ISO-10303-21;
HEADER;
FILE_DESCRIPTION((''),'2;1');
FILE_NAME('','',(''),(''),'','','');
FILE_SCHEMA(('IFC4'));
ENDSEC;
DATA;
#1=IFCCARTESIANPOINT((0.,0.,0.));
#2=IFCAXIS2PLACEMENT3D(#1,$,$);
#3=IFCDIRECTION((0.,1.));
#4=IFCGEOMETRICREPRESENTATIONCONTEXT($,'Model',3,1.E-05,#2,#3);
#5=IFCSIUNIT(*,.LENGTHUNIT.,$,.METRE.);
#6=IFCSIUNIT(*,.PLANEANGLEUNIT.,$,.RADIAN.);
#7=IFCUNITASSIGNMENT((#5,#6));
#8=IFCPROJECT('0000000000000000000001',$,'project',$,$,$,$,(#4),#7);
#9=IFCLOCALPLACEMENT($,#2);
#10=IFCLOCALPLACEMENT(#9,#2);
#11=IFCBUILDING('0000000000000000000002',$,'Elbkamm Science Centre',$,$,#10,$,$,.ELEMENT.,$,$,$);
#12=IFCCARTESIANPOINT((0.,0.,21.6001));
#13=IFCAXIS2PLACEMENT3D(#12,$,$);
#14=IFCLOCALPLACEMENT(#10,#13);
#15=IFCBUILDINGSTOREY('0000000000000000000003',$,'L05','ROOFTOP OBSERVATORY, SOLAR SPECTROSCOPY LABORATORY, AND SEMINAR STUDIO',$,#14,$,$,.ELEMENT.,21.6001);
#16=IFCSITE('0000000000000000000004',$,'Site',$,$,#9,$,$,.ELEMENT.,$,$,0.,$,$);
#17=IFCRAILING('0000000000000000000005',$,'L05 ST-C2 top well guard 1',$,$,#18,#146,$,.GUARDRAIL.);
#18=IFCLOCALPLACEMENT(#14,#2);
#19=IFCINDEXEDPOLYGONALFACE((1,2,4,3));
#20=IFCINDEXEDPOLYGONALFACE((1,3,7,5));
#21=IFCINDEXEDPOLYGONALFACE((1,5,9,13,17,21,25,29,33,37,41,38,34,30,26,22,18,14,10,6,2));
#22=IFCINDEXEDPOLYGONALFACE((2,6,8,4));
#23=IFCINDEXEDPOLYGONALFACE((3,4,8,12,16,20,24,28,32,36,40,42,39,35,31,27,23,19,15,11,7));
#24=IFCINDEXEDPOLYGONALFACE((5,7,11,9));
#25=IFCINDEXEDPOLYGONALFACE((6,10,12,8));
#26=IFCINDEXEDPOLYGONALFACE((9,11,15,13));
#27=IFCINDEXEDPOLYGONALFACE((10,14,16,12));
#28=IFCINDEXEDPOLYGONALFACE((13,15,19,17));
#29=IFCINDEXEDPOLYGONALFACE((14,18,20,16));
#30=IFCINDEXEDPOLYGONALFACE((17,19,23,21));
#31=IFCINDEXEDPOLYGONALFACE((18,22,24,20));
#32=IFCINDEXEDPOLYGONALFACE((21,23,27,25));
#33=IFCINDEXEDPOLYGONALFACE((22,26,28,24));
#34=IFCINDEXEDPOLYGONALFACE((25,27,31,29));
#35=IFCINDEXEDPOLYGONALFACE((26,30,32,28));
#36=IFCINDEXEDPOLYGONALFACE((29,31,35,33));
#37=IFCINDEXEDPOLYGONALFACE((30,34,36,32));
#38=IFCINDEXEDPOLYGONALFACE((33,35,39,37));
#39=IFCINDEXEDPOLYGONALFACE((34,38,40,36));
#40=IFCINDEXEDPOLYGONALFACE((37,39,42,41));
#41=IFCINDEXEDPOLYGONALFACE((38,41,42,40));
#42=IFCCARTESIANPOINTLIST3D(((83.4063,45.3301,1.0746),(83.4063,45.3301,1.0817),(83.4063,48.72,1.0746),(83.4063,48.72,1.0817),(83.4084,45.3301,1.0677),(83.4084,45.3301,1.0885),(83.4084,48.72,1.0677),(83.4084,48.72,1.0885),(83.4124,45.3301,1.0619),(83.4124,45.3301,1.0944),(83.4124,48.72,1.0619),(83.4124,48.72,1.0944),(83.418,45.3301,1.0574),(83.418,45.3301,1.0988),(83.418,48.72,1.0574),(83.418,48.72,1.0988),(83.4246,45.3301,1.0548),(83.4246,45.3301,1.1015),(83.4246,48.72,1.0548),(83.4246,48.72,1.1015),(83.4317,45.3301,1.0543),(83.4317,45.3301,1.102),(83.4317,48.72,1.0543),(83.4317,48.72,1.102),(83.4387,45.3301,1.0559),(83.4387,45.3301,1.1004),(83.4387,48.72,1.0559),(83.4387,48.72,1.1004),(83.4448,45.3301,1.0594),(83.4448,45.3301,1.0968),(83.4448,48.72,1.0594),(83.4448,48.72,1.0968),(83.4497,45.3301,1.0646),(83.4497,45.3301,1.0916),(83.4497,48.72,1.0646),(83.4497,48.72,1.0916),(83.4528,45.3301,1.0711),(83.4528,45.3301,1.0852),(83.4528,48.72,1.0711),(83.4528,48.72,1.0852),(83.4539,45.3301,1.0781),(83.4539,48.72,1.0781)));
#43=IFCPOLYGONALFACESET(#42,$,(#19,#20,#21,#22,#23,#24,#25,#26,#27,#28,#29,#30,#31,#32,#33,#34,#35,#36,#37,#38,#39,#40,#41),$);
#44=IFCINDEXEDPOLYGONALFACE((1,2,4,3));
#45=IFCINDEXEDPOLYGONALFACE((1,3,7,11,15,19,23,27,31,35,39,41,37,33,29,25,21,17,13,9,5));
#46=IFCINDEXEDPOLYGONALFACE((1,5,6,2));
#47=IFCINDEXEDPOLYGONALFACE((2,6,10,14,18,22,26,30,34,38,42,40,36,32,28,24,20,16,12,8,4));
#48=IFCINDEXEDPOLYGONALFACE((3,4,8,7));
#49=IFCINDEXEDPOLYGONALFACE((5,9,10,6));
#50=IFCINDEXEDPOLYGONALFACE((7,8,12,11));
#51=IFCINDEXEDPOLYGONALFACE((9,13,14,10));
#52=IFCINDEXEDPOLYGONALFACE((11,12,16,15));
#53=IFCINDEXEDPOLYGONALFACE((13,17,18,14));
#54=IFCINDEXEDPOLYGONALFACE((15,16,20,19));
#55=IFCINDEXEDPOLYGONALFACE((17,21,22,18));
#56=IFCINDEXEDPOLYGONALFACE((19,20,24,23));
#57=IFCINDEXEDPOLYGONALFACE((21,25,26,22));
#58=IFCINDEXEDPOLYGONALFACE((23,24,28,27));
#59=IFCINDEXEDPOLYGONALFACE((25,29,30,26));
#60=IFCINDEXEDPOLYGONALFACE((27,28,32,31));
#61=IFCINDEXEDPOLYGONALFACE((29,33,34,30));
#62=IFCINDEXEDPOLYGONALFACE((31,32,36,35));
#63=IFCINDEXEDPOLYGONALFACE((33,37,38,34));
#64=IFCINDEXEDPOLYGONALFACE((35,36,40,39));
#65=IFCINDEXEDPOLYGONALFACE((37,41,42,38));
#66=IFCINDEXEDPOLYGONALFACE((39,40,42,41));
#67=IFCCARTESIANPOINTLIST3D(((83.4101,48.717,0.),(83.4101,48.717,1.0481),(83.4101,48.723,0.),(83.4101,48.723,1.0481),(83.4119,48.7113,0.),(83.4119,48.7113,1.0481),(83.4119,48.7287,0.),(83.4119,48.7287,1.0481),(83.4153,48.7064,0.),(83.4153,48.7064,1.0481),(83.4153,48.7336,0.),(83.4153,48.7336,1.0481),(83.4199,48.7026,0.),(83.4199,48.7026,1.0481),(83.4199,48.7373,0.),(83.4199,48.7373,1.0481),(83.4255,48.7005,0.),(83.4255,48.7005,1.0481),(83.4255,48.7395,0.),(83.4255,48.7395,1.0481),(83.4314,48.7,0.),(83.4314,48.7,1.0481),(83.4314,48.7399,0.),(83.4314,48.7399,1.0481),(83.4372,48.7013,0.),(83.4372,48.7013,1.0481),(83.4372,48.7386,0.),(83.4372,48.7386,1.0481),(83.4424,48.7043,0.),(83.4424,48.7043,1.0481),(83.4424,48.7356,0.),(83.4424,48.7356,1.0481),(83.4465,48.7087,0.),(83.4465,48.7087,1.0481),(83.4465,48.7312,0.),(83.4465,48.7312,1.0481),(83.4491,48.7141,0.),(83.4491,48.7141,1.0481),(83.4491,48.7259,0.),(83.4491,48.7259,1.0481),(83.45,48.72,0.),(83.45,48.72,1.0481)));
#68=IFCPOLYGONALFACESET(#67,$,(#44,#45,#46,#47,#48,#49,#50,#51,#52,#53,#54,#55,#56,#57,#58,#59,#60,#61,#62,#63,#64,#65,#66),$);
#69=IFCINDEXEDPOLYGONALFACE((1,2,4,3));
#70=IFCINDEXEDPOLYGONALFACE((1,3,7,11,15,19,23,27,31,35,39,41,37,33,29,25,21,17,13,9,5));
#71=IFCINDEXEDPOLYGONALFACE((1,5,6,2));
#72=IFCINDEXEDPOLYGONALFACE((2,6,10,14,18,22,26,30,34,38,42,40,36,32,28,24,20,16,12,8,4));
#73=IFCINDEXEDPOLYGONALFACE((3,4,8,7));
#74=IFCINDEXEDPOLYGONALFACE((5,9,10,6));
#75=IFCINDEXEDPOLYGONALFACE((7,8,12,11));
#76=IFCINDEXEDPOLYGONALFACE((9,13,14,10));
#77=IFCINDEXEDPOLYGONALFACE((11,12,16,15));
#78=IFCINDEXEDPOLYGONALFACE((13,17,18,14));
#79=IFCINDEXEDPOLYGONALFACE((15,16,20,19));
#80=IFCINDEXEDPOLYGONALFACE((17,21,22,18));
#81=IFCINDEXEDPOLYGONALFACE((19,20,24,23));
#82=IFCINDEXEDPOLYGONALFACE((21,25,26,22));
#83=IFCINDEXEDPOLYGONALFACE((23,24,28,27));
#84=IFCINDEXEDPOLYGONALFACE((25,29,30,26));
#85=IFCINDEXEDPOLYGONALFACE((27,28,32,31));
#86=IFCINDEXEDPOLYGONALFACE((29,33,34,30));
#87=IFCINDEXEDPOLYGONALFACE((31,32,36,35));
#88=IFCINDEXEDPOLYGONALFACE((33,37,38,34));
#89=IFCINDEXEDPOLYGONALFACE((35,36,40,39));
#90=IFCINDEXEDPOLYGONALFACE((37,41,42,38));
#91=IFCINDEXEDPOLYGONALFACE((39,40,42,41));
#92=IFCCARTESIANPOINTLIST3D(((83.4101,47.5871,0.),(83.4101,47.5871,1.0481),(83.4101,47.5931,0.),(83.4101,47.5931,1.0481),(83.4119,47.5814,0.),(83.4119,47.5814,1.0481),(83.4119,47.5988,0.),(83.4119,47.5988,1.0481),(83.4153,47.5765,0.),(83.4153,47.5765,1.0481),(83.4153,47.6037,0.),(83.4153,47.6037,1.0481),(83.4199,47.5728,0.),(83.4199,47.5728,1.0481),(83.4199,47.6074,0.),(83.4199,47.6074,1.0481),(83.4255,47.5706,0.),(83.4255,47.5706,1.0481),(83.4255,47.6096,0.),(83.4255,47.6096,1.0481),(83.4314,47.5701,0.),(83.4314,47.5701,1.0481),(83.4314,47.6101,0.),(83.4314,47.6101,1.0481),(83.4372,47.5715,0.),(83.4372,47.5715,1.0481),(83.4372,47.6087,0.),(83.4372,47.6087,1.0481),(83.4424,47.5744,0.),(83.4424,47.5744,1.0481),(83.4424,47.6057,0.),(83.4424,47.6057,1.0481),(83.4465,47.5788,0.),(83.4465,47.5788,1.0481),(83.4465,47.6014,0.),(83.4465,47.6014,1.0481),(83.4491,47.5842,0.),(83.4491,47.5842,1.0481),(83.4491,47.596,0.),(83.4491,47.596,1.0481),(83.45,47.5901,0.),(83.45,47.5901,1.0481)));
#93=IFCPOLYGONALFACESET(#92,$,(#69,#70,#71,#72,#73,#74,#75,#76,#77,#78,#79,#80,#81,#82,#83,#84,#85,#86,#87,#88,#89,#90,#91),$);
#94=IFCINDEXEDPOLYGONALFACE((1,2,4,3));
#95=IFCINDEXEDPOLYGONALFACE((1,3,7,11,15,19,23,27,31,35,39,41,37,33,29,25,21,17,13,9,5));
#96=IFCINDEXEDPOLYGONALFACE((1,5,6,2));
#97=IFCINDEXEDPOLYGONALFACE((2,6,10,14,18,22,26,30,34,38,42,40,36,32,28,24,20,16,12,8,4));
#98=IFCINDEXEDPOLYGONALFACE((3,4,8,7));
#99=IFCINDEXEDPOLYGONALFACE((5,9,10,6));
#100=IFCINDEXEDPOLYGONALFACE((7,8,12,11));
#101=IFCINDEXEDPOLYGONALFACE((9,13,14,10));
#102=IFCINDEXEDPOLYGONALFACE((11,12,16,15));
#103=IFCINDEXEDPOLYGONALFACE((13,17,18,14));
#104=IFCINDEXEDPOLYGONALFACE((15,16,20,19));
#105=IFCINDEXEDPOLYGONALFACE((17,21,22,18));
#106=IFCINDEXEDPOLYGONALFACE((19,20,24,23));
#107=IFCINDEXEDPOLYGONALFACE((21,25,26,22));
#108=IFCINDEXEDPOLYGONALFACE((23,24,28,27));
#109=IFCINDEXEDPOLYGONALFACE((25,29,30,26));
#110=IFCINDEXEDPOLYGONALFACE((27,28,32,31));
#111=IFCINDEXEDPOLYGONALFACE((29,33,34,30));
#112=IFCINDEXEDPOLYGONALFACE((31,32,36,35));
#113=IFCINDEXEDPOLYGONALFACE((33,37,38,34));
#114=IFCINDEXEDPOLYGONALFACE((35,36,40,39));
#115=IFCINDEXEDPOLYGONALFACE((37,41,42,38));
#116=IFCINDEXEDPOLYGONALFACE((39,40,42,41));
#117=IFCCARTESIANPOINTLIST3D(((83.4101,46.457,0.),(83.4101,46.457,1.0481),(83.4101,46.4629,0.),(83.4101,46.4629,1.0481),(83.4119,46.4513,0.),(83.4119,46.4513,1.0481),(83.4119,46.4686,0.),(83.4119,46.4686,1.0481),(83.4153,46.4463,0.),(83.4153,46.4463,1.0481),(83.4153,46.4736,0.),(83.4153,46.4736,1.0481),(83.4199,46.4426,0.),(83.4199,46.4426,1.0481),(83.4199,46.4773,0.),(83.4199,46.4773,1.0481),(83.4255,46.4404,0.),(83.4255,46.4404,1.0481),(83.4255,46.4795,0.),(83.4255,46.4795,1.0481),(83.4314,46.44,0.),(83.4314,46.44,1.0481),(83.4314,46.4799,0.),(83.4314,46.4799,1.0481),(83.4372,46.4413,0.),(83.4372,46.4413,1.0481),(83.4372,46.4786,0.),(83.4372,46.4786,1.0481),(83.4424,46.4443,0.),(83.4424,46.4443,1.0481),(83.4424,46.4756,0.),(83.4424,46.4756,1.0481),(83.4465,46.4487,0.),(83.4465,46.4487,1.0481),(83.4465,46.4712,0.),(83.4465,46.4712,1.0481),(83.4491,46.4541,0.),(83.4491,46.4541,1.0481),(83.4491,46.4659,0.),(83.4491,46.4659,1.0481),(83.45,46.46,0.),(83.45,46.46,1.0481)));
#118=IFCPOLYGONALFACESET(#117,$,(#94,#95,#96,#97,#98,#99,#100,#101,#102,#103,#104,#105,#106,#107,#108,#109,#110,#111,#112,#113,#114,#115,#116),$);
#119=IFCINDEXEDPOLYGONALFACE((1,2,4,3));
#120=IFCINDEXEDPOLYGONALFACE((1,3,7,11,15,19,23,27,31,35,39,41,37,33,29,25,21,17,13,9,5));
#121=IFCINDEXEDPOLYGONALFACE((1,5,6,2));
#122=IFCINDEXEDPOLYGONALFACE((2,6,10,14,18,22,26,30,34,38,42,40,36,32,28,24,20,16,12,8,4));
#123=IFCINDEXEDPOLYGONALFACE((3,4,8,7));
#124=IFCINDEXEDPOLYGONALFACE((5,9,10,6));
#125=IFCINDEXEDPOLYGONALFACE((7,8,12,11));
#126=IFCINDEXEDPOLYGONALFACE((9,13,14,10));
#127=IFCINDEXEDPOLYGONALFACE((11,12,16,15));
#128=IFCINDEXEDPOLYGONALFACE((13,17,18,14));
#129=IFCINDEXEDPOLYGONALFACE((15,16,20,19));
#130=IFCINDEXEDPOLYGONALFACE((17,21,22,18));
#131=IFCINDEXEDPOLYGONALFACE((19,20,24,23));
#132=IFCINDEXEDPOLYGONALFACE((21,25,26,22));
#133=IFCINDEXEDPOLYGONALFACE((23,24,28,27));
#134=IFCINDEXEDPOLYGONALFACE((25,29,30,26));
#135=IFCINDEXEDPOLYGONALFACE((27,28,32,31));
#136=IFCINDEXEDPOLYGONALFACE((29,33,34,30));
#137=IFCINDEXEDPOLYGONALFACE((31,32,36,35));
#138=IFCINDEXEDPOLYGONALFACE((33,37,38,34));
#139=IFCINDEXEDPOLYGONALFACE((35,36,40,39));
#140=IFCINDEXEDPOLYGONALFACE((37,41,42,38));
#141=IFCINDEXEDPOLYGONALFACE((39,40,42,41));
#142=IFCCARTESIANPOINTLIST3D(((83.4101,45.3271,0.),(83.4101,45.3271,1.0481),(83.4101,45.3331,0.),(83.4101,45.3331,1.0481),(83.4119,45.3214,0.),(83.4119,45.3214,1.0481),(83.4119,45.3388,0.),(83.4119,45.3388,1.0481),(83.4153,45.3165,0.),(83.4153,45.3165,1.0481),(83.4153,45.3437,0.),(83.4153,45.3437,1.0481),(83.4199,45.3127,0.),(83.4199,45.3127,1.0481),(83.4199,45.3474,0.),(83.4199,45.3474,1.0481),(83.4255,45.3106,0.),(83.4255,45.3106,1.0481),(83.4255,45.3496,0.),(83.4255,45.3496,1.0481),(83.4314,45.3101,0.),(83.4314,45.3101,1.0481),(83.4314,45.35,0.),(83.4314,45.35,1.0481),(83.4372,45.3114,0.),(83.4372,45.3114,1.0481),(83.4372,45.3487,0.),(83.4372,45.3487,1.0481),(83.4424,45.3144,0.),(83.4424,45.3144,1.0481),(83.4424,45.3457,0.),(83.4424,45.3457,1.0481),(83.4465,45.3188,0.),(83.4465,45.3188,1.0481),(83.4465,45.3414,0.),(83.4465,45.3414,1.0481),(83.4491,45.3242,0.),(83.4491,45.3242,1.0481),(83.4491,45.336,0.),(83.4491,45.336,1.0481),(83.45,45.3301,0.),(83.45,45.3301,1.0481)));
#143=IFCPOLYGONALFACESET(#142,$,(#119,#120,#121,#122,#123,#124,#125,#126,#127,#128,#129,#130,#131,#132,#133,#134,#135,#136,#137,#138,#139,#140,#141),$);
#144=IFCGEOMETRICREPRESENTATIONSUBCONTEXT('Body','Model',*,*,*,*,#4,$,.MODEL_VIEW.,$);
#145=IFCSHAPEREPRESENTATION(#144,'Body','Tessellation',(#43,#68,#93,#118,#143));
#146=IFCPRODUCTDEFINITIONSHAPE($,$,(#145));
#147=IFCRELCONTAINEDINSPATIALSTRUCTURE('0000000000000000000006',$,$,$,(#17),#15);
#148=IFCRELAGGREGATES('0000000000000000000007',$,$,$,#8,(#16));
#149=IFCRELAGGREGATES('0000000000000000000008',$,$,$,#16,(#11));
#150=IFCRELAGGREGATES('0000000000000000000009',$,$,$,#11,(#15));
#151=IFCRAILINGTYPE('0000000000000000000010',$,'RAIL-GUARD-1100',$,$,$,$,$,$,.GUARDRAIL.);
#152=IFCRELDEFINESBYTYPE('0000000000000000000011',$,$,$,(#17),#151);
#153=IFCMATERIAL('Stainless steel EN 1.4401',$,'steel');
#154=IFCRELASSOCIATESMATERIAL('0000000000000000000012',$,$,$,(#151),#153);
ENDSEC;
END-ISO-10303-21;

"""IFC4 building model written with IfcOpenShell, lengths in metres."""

from ifc_helpers import new_model, si_unit, direction, frame, origin, origin_2d, place, context, subcontext, project, spatial, circle, extrude, material, type_object, element, save


model = new_model("IFC4")

# Units and contexts
model_context = context("Model", 3, precision=1e-05, world=origin(), true_north=direction((0.0, 1.0)))
body_context = subcontext(model_context, "Body", "Model", "MODEL_VIEW")
ifc_project = project(units=[si_unit("LENGTHUNIT", "METRE"), si_unit("PLANEANGLEUNIT", "RADIAN")], contexts=[model_context])

# Site, building, storey
site_placement = place(None, origin())
site = spatial("IfcSite", under=ifc_project, at=site_placement, Name="Site", CompositionType="ELEMENT", RefElevation=0.0)
building_placement = place(site_placement, origin())
building = spatial("IfcBuilding", under=site, at=building_placement, Name="Elbkamm Science Centre", CompositionType="ELEMENT")
storey_placement = place(building_placement, frame((0.0, 0.0, 21.6001)))
storey = spatial("IfcBuildingStorey", under=building, at=storey_placement, Name="L05", Description="ROOFTOP OBSERVATORY, SOLAR SPECTROSCOPY LABORATORY, AND SEMINAR STUDIO", CompositionType="ELEMENT", Elevation=21.6001)

# Railing
ifc_material_1 = material(Name="Stainless steel EN 1.4401", Category="steel")
railing_type_1 = type_object("IfcRailingType", Name="RAIL-GUARD-1100", PredefinedType="GUARDRAIL", material=ifc_material_1)
railing_1_placement = place(storey_placement, frame((83.4299, 48.72, 0.0)))
element("IfcRailing", 1, at=railing_1_placement, inside=storey, type_object=railing_type_1, Name="L05 ST-C2 top well guard 1", PredefinedType="GUARDRAIL", context=body_context, shape_type="SweptSolid", body=[
    extrude(circle(Radius=0.0239, at=origin_2d()), frame((0.0, 0.0, 1.0781), z_axis=(0.0, -1.0, 0.0), x_axis=(1.0, 0.0, 0.0)), (0.0, 0.0, 1.0), 3.3899),
    extrude(circle(Radius=0.02, at=origin_2d()), origin(), (0.0, 0.0, 1.0), 1.0481),
    extrude(circle(Radius=0.02, at=origin_2d()), frame((0.0, -1.1299, 0.0)), (0.0, 0.0, 1.0), 1.0481),
    extrude(circle(Radius=0.02, at=origin_2d()), frame((0.0, -2.26, 0.0)), (0.0, 0.0, 1.0), 1.0481),
    extrude(circle(Radius=0.02, at=origin_2d()), frame((0.0, -3.3899, 0.0)), (0.0, 0.0, 1.0), 1.0481),
])

save(model, "model.ifc")
